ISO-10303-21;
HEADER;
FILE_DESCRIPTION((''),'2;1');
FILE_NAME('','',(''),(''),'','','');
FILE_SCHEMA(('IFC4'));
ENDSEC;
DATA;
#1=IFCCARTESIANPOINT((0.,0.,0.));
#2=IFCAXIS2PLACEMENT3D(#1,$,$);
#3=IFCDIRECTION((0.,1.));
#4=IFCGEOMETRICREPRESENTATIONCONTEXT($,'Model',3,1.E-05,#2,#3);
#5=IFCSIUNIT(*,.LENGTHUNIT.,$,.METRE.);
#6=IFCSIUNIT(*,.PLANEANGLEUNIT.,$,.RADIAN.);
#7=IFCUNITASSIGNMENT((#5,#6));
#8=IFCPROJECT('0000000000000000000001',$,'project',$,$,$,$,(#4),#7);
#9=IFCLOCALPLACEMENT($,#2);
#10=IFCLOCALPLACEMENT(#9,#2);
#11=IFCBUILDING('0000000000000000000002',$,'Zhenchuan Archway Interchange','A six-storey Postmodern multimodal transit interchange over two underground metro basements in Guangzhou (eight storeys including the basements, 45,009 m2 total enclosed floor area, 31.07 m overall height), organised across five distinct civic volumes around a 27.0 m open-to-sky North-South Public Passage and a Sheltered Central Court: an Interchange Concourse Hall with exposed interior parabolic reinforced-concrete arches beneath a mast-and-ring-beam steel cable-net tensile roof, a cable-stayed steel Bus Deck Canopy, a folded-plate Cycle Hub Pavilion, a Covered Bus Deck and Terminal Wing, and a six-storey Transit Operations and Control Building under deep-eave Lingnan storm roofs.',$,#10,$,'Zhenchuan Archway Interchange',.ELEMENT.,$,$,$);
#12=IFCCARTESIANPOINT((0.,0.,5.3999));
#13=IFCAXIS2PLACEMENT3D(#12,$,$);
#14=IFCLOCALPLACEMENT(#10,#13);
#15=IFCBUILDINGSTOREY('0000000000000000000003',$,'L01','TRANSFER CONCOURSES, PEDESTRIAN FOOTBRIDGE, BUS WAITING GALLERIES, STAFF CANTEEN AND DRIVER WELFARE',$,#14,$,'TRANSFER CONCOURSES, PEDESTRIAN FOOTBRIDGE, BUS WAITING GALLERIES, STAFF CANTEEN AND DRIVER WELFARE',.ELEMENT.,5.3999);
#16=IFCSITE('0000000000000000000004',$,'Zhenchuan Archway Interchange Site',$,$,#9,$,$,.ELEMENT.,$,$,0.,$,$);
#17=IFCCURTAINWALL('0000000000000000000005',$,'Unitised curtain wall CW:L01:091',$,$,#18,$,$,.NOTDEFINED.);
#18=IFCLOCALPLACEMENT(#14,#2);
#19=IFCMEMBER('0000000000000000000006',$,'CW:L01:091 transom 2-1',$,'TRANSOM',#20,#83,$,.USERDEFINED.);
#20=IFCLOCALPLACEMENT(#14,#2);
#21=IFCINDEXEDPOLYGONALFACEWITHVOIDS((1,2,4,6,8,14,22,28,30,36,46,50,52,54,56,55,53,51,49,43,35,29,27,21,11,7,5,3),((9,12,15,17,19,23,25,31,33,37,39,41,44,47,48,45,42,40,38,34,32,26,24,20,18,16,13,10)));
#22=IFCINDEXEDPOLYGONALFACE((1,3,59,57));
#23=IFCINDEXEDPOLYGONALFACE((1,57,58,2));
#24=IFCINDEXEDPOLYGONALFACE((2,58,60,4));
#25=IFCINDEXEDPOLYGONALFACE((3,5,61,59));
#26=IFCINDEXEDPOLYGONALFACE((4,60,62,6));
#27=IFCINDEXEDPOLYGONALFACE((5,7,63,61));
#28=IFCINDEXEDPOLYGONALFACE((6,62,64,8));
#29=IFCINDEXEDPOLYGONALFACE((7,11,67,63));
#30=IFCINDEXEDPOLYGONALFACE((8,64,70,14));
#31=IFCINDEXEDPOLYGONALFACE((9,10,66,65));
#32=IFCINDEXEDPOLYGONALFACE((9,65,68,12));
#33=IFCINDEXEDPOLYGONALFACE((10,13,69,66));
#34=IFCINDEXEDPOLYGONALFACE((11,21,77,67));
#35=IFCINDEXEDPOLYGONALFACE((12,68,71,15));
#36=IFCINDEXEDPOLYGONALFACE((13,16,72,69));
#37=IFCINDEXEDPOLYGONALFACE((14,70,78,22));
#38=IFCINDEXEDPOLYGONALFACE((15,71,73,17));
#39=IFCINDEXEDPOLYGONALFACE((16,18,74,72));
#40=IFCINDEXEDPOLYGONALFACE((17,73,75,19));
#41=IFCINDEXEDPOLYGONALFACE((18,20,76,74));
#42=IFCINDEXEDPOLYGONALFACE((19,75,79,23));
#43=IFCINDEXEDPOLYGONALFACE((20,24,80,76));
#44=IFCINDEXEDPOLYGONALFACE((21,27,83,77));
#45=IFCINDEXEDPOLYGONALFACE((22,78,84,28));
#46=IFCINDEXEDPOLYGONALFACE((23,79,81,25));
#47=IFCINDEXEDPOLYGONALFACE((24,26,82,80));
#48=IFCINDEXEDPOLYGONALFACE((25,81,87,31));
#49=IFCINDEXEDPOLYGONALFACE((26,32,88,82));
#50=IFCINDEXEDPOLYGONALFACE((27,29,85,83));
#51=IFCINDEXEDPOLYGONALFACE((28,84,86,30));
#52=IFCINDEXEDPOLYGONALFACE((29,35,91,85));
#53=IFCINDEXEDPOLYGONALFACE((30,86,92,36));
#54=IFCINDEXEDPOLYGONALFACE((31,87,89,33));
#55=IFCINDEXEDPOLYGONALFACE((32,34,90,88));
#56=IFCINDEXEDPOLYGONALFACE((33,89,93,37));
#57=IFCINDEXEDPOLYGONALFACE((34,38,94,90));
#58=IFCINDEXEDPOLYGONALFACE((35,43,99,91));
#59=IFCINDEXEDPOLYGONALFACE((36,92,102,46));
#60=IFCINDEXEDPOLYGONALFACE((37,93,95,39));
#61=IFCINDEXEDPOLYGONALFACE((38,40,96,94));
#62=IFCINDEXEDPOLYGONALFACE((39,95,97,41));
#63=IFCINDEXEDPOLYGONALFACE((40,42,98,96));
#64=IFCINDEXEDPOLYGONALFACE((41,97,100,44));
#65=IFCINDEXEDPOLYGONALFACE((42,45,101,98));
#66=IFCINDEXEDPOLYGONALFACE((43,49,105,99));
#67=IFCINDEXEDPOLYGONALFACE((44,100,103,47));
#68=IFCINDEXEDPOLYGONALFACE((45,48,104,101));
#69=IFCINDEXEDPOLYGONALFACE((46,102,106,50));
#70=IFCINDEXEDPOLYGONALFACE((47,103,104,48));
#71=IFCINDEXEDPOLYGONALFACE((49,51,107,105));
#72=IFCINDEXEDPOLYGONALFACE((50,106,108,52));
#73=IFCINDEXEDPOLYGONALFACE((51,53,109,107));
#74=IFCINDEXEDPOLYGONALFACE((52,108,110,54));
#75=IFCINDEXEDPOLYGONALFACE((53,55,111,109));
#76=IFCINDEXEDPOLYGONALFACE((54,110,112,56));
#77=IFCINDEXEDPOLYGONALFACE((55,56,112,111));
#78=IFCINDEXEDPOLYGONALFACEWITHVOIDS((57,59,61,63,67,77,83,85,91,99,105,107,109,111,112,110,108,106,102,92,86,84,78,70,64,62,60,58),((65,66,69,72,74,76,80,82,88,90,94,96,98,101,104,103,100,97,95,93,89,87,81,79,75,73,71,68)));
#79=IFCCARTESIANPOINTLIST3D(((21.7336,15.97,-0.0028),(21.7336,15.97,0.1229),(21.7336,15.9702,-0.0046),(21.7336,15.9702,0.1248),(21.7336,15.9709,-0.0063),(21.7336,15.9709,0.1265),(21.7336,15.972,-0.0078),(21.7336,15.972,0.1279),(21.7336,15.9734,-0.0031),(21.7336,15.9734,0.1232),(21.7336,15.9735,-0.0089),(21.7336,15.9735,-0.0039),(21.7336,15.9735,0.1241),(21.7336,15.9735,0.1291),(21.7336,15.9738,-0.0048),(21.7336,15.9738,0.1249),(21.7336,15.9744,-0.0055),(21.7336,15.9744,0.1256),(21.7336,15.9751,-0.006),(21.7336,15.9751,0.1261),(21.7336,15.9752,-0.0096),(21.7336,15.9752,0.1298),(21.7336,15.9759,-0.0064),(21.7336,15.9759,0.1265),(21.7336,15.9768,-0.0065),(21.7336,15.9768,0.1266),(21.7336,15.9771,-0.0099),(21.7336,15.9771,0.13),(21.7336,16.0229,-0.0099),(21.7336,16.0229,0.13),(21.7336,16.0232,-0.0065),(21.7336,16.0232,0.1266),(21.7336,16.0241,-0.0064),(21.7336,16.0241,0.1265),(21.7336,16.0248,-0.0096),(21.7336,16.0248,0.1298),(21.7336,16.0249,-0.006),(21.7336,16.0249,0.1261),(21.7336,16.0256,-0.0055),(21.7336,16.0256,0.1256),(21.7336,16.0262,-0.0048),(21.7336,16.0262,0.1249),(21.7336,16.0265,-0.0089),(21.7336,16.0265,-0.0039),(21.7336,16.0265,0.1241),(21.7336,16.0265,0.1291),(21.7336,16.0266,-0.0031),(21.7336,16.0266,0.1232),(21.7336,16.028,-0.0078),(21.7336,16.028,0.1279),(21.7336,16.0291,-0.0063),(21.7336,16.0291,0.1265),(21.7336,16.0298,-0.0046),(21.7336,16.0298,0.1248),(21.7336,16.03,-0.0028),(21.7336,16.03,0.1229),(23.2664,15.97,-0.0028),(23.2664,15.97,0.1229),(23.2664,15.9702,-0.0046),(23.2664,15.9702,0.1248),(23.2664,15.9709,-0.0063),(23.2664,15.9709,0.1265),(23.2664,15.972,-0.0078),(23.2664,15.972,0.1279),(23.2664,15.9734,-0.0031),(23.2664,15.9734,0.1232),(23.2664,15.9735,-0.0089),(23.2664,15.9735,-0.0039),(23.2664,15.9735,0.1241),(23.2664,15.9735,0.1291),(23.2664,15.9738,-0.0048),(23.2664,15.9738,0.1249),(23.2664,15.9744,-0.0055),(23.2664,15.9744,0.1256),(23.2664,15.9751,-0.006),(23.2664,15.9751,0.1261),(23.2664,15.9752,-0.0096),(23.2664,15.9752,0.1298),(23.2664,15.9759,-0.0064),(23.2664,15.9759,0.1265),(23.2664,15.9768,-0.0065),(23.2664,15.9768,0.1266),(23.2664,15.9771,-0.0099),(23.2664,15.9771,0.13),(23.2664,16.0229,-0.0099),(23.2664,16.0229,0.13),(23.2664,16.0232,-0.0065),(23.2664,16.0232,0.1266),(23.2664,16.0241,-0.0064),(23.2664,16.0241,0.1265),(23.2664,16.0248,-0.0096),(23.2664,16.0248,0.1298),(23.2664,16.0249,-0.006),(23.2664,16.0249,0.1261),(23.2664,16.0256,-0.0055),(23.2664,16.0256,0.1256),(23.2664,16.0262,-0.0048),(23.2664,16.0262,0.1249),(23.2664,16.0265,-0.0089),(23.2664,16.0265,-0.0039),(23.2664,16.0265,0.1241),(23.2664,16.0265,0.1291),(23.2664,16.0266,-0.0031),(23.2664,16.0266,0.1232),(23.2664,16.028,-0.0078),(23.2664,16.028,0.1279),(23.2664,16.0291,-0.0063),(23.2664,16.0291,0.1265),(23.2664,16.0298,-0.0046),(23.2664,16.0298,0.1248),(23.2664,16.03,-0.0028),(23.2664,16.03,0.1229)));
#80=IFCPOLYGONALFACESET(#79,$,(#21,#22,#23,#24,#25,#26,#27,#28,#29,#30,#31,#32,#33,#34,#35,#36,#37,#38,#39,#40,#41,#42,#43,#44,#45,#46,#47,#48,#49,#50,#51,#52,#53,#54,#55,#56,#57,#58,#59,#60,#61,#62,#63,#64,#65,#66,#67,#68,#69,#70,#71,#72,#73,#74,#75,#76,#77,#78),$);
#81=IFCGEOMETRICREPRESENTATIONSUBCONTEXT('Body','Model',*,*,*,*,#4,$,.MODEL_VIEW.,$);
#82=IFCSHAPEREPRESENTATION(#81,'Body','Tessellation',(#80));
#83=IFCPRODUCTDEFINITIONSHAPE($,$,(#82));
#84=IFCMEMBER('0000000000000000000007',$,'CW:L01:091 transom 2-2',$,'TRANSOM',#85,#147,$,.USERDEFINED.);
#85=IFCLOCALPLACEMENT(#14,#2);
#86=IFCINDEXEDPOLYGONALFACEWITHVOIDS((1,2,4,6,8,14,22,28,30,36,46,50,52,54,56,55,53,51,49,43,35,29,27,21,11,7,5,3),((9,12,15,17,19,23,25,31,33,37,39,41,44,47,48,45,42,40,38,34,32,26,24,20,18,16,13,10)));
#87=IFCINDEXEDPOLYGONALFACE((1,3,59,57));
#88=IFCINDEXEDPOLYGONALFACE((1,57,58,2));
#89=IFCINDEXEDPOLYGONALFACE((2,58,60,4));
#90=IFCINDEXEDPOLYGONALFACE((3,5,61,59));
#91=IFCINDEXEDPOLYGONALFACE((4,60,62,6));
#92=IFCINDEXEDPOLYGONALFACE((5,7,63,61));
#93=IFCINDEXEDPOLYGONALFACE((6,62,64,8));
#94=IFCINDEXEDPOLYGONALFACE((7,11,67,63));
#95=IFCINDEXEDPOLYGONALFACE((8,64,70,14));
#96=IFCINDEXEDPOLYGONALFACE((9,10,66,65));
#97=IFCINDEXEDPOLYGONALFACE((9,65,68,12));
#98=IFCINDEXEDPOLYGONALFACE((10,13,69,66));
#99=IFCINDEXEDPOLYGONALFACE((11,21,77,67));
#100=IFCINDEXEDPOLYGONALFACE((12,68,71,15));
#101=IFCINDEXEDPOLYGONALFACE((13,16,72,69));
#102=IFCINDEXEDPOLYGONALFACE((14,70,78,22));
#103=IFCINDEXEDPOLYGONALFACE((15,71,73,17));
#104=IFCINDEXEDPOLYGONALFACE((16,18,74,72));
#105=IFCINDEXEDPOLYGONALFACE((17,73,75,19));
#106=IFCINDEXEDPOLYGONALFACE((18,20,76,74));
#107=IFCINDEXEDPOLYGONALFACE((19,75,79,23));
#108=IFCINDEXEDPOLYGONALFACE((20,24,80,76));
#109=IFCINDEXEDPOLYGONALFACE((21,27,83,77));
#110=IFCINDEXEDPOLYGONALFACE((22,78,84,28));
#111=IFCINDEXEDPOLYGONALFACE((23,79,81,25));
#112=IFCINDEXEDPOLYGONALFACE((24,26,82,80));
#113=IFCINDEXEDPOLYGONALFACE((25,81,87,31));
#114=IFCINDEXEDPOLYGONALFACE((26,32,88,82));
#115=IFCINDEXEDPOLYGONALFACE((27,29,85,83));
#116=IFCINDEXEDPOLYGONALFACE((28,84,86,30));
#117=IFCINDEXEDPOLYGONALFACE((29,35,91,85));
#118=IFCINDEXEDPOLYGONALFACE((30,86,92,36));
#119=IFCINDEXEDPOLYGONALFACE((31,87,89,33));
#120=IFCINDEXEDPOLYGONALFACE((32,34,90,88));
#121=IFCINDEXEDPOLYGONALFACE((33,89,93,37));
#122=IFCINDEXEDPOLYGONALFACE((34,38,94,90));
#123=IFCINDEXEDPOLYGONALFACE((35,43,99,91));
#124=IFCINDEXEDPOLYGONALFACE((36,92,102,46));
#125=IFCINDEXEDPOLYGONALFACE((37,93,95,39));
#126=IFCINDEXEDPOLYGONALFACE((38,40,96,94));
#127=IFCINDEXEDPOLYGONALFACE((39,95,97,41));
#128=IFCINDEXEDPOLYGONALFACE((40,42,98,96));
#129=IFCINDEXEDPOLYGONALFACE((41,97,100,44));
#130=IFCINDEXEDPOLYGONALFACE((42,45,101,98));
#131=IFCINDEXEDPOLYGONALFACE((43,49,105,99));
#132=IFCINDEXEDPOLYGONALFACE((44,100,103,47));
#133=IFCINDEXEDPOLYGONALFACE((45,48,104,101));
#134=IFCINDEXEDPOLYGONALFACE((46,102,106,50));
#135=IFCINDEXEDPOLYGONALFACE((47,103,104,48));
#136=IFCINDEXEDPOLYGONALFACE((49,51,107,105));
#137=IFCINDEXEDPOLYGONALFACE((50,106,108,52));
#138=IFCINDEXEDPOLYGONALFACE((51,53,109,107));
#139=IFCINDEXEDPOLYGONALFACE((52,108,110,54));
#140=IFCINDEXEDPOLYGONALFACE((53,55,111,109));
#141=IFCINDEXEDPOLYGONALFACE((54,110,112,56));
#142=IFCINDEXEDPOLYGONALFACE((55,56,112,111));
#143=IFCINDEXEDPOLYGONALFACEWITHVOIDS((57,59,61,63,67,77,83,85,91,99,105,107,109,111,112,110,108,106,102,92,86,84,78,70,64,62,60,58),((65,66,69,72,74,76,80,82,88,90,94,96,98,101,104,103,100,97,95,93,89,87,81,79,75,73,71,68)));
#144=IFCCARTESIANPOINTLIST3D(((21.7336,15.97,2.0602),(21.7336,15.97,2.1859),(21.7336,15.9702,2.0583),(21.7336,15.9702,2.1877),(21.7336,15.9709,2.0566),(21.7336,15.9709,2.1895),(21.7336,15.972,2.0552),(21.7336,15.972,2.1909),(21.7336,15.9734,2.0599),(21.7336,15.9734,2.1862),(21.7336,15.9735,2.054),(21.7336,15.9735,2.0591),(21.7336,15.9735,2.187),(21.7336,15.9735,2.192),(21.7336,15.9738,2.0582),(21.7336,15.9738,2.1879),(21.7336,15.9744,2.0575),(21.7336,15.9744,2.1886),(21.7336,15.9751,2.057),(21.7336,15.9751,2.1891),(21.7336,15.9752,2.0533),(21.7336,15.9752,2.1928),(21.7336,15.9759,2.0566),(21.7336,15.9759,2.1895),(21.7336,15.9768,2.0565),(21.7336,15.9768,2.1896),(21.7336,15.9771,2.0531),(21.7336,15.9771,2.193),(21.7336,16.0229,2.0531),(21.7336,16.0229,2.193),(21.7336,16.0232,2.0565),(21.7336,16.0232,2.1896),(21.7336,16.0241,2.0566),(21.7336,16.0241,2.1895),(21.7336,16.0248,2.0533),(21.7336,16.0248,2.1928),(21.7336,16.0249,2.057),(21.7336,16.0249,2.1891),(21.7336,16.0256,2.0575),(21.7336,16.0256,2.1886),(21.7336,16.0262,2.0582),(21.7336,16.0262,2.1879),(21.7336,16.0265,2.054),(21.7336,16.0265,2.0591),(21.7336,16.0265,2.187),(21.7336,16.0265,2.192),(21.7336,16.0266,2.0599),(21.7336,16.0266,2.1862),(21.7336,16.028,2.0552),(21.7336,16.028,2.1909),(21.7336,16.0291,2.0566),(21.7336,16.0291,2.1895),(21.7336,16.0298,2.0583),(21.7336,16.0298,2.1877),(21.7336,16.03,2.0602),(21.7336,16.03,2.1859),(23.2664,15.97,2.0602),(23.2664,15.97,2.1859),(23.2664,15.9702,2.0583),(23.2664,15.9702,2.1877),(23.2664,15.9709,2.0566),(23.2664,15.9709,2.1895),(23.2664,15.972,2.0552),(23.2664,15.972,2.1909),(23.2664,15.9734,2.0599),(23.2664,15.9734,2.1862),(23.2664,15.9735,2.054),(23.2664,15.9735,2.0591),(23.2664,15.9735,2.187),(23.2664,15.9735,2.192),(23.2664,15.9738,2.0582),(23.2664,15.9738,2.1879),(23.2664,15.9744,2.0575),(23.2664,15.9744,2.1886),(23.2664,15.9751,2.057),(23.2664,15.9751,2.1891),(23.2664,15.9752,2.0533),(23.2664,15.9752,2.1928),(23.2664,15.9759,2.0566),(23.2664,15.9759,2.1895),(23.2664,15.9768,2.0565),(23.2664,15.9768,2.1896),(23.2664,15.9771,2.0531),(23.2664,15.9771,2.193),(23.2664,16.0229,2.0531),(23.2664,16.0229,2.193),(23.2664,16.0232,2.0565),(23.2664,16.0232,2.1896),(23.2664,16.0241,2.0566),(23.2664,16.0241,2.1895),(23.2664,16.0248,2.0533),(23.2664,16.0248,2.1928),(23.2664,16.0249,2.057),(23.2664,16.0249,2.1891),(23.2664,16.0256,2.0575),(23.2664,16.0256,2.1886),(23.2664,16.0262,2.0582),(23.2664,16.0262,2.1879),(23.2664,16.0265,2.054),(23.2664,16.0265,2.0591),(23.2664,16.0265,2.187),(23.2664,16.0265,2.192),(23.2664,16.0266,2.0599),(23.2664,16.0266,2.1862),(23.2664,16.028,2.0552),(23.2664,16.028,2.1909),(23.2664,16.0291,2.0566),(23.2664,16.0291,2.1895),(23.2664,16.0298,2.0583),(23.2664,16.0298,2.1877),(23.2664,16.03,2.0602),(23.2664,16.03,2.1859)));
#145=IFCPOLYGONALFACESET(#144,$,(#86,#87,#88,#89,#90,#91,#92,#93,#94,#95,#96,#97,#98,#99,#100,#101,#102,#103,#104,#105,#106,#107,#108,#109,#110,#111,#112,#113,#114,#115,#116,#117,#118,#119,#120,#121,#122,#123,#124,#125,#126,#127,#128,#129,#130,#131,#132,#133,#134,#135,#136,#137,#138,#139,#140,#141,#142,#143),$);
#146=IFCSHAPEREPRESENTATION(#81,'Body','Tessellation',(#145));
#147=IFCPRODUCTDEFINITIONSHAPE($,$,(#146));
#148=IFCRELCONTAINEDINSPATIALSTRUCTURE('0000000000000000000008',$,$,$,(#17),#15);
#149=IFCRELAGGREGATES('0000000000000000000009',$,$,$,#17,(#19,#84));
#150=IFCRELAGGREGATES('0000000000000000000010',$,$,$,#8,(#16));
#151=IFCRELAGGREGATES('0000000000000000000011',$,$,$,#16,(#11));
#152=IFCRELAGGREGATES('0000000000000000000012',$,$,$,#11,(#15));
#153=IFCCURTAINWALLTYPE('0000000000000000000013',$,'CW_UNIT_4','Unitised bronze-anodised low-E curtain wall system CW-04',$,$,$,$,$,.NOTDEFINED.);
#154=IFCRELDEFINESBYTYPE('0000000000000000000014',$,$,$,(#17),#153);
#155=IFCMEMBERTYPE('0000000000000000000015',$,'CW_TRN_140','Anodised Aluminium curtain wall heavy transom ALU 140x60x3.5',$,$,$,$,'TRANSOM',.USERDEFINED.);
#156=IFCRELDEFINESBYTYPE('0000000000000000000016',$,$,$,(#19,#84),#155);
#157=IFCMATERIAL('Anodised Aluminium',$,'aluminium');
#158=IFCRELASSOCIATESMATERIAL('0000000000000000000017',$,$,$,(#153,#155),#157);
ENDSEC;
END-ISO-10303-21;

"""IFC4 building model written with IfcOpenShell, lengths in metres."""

from ifc_helpers import new_model, si_unit, direction, frame, origin, origin_2d, place, context, subcontext, project, spatial, hollow_rectangle, extrude, material, material_profile, profile_set, type_object, element, aggregate, save


model = new_model("IFC4")

# Units and contexts
model_context = context("Model", 3, precision=1e-05, world=origin(), true_north=direction((0.0, 1.0)))
body_context = subcontext(model_context, "Body", "Model", "MODEL_VIEW")
ifc_project = project(units=[si_unit("LENGTHUNIT", "METRE"), si_unit("PLANEANGLEUNIT", "RADIAN")], contexts=[model_context])

# Site, building, storey
site_placement = place(None, origin())
site = spatial("IfcSite", under=ifc_project, at=site_placement, Name="Zhenchuan Archway Interchange Site", CompositionType="ELEMENT", RefElevation=0.0)
building_placement = place(site_placement, origin())
building = spatial("IfcBuilding", under=site, at=building_placement, Name="Zhenchuan Archway Interchange", Description="A six-storey Postmodern multimodal transit interchange over two underground metro basements in Guangzhou (eight storeys including the basements, 45,009 m2 total enclosed floor area, 31.07 m overall height), organised across five distinct civic volumes around a 27.0 m open-to-sky North-South Public Passage and a Sheltered Central Court: an Interchange Concourse Hall with exposed interior parabolic reinforced-concrete arches beneath a mast-and-ring-beam steel cable-net tensile roof, a cable-stayed steel Bus Deck Canopy, a folded-plate Cycle Hub Pavilion, a Covered Bus Deck and Terminal Wing, and a six-storey Transit Operations and Control Building under deep-eave Lingnan storm roofs.", LongName="Zhenchuan Archway Interchange", CompositionType="ELEMENT")
storey_placement = place(building_placement, frame((0.0, 0.0, 5.3999)))
storey = spatial("IfcBuildingStorey", under=building, at=storey_placement, Name="L01", Description="TRANSFER CONCOURSES, PEDESTRIAN FOOTBRIDGE, BUS WAITING GALLERIES, STAFF CANTEEN AND DRIVER WELFARE", LongName="TRANSFER CONCOURSES, PEDESTRIAN FOOTBRIDGE, BUS WAITING GALLERIES, STAFF CANTEEN AND DRIVER WELFARE", CompositionType="ELEMENT", Elevation=5.3999)

# Curtain wall, members
ifc_material_1 = material(Name="Anodised Aluminium", Category="aluminium")
curtain_wall_type = type_object("IfcCurtainWallType", Name="CW_UNIT_4", Description="Unitised bronze-anodised low-E curtain wall system CW-04", PredefinedType="NOTDEFINED", material=ifc_material_1)
curtain_wall_placement = place(storey_placement, origin())
curtain_wall = element("IfcCurtainWall", 1, at=curtain_wall_placement, inside=storey, type_object=curtain_wall_type, Name="Unitised curtain wall CW:L01:091", PredefinedType="NOTDEFINED")
ifc_material_profile_1 = material_profile(ifc_material_1, hollow_rectangle(XDim=0.0601, YDim=0.1399, WallThickness=0.0034, InnerFilletRadius=0.0034, OuterFilletRadius=0.0071, at=origin_2d()), Name="ALU 140x60x3.5")
ifc_profile_set_1 = profile_set([ifc_material_profile_1], Name="Anodised Aluminium")
member_type_1 = type_object("IfcMemberType", Name="CW_TRN_140", Description="Anodised Aluminium curtain wall heavy transom ALU 140x60x3.5", ElementType="TRANSOM", PredefinedType="USERDEFINED", material=ifc_profile_set_1)
member_1_placement = place(storey_placement, frame((21.7336, 16.0, 0.0601), z_axis=(1.0, 0.0, 0.0), x_axis=(0.0, 1.0, 0.0)))
member_1 = element("IfcMember", 2, at=member_1_placement, type_object=member_type_1, Name="CW:L01:091 transom 2-1", ObjectType="TRANSOM", PredefinedType="USERDEFINED", context=body_context, shape_type="SweptSolid", body=[
    extrude(hollow_rectangle(XDim=0.0601, YDim=0.1399, WallThickness=0.0034, InnerFilletRadius=0.0034, OuterFilletRadius=0.0071, at=origin_2d()), origin(), (0.0, 0.0, 1.0), 1.5327),
])
member_2_placement = place(storey_placement, frame((21.7336, 16.0, 2.123), z_axis=(1.0, 0.0, 0.0), x_axis=(0.0, 1.0, 0.0)))
member_2 = element("IfcMember", 3, at=member_2_placement, type_object=member_type_1, Name="CW:L01:091 transom 2-2", ObjectType="TRANSOM", PredefinedType="USERDEFINED", context=body_context, shape_type="SweptSolid", body=[
    extrude(hollow_rectangle(XDim=0.0601, YDim=0.1399, WallThickness=0.0034, InnerFilletRadius=0.0034, OuterFilletRadius=0.0071, at=origin_2d()), origin(), (0.0, 0.0, 1.0), 1.5327),
])

aggregate(curtain_wall, [member_1, member_2])

save(model, "model.ifc")
